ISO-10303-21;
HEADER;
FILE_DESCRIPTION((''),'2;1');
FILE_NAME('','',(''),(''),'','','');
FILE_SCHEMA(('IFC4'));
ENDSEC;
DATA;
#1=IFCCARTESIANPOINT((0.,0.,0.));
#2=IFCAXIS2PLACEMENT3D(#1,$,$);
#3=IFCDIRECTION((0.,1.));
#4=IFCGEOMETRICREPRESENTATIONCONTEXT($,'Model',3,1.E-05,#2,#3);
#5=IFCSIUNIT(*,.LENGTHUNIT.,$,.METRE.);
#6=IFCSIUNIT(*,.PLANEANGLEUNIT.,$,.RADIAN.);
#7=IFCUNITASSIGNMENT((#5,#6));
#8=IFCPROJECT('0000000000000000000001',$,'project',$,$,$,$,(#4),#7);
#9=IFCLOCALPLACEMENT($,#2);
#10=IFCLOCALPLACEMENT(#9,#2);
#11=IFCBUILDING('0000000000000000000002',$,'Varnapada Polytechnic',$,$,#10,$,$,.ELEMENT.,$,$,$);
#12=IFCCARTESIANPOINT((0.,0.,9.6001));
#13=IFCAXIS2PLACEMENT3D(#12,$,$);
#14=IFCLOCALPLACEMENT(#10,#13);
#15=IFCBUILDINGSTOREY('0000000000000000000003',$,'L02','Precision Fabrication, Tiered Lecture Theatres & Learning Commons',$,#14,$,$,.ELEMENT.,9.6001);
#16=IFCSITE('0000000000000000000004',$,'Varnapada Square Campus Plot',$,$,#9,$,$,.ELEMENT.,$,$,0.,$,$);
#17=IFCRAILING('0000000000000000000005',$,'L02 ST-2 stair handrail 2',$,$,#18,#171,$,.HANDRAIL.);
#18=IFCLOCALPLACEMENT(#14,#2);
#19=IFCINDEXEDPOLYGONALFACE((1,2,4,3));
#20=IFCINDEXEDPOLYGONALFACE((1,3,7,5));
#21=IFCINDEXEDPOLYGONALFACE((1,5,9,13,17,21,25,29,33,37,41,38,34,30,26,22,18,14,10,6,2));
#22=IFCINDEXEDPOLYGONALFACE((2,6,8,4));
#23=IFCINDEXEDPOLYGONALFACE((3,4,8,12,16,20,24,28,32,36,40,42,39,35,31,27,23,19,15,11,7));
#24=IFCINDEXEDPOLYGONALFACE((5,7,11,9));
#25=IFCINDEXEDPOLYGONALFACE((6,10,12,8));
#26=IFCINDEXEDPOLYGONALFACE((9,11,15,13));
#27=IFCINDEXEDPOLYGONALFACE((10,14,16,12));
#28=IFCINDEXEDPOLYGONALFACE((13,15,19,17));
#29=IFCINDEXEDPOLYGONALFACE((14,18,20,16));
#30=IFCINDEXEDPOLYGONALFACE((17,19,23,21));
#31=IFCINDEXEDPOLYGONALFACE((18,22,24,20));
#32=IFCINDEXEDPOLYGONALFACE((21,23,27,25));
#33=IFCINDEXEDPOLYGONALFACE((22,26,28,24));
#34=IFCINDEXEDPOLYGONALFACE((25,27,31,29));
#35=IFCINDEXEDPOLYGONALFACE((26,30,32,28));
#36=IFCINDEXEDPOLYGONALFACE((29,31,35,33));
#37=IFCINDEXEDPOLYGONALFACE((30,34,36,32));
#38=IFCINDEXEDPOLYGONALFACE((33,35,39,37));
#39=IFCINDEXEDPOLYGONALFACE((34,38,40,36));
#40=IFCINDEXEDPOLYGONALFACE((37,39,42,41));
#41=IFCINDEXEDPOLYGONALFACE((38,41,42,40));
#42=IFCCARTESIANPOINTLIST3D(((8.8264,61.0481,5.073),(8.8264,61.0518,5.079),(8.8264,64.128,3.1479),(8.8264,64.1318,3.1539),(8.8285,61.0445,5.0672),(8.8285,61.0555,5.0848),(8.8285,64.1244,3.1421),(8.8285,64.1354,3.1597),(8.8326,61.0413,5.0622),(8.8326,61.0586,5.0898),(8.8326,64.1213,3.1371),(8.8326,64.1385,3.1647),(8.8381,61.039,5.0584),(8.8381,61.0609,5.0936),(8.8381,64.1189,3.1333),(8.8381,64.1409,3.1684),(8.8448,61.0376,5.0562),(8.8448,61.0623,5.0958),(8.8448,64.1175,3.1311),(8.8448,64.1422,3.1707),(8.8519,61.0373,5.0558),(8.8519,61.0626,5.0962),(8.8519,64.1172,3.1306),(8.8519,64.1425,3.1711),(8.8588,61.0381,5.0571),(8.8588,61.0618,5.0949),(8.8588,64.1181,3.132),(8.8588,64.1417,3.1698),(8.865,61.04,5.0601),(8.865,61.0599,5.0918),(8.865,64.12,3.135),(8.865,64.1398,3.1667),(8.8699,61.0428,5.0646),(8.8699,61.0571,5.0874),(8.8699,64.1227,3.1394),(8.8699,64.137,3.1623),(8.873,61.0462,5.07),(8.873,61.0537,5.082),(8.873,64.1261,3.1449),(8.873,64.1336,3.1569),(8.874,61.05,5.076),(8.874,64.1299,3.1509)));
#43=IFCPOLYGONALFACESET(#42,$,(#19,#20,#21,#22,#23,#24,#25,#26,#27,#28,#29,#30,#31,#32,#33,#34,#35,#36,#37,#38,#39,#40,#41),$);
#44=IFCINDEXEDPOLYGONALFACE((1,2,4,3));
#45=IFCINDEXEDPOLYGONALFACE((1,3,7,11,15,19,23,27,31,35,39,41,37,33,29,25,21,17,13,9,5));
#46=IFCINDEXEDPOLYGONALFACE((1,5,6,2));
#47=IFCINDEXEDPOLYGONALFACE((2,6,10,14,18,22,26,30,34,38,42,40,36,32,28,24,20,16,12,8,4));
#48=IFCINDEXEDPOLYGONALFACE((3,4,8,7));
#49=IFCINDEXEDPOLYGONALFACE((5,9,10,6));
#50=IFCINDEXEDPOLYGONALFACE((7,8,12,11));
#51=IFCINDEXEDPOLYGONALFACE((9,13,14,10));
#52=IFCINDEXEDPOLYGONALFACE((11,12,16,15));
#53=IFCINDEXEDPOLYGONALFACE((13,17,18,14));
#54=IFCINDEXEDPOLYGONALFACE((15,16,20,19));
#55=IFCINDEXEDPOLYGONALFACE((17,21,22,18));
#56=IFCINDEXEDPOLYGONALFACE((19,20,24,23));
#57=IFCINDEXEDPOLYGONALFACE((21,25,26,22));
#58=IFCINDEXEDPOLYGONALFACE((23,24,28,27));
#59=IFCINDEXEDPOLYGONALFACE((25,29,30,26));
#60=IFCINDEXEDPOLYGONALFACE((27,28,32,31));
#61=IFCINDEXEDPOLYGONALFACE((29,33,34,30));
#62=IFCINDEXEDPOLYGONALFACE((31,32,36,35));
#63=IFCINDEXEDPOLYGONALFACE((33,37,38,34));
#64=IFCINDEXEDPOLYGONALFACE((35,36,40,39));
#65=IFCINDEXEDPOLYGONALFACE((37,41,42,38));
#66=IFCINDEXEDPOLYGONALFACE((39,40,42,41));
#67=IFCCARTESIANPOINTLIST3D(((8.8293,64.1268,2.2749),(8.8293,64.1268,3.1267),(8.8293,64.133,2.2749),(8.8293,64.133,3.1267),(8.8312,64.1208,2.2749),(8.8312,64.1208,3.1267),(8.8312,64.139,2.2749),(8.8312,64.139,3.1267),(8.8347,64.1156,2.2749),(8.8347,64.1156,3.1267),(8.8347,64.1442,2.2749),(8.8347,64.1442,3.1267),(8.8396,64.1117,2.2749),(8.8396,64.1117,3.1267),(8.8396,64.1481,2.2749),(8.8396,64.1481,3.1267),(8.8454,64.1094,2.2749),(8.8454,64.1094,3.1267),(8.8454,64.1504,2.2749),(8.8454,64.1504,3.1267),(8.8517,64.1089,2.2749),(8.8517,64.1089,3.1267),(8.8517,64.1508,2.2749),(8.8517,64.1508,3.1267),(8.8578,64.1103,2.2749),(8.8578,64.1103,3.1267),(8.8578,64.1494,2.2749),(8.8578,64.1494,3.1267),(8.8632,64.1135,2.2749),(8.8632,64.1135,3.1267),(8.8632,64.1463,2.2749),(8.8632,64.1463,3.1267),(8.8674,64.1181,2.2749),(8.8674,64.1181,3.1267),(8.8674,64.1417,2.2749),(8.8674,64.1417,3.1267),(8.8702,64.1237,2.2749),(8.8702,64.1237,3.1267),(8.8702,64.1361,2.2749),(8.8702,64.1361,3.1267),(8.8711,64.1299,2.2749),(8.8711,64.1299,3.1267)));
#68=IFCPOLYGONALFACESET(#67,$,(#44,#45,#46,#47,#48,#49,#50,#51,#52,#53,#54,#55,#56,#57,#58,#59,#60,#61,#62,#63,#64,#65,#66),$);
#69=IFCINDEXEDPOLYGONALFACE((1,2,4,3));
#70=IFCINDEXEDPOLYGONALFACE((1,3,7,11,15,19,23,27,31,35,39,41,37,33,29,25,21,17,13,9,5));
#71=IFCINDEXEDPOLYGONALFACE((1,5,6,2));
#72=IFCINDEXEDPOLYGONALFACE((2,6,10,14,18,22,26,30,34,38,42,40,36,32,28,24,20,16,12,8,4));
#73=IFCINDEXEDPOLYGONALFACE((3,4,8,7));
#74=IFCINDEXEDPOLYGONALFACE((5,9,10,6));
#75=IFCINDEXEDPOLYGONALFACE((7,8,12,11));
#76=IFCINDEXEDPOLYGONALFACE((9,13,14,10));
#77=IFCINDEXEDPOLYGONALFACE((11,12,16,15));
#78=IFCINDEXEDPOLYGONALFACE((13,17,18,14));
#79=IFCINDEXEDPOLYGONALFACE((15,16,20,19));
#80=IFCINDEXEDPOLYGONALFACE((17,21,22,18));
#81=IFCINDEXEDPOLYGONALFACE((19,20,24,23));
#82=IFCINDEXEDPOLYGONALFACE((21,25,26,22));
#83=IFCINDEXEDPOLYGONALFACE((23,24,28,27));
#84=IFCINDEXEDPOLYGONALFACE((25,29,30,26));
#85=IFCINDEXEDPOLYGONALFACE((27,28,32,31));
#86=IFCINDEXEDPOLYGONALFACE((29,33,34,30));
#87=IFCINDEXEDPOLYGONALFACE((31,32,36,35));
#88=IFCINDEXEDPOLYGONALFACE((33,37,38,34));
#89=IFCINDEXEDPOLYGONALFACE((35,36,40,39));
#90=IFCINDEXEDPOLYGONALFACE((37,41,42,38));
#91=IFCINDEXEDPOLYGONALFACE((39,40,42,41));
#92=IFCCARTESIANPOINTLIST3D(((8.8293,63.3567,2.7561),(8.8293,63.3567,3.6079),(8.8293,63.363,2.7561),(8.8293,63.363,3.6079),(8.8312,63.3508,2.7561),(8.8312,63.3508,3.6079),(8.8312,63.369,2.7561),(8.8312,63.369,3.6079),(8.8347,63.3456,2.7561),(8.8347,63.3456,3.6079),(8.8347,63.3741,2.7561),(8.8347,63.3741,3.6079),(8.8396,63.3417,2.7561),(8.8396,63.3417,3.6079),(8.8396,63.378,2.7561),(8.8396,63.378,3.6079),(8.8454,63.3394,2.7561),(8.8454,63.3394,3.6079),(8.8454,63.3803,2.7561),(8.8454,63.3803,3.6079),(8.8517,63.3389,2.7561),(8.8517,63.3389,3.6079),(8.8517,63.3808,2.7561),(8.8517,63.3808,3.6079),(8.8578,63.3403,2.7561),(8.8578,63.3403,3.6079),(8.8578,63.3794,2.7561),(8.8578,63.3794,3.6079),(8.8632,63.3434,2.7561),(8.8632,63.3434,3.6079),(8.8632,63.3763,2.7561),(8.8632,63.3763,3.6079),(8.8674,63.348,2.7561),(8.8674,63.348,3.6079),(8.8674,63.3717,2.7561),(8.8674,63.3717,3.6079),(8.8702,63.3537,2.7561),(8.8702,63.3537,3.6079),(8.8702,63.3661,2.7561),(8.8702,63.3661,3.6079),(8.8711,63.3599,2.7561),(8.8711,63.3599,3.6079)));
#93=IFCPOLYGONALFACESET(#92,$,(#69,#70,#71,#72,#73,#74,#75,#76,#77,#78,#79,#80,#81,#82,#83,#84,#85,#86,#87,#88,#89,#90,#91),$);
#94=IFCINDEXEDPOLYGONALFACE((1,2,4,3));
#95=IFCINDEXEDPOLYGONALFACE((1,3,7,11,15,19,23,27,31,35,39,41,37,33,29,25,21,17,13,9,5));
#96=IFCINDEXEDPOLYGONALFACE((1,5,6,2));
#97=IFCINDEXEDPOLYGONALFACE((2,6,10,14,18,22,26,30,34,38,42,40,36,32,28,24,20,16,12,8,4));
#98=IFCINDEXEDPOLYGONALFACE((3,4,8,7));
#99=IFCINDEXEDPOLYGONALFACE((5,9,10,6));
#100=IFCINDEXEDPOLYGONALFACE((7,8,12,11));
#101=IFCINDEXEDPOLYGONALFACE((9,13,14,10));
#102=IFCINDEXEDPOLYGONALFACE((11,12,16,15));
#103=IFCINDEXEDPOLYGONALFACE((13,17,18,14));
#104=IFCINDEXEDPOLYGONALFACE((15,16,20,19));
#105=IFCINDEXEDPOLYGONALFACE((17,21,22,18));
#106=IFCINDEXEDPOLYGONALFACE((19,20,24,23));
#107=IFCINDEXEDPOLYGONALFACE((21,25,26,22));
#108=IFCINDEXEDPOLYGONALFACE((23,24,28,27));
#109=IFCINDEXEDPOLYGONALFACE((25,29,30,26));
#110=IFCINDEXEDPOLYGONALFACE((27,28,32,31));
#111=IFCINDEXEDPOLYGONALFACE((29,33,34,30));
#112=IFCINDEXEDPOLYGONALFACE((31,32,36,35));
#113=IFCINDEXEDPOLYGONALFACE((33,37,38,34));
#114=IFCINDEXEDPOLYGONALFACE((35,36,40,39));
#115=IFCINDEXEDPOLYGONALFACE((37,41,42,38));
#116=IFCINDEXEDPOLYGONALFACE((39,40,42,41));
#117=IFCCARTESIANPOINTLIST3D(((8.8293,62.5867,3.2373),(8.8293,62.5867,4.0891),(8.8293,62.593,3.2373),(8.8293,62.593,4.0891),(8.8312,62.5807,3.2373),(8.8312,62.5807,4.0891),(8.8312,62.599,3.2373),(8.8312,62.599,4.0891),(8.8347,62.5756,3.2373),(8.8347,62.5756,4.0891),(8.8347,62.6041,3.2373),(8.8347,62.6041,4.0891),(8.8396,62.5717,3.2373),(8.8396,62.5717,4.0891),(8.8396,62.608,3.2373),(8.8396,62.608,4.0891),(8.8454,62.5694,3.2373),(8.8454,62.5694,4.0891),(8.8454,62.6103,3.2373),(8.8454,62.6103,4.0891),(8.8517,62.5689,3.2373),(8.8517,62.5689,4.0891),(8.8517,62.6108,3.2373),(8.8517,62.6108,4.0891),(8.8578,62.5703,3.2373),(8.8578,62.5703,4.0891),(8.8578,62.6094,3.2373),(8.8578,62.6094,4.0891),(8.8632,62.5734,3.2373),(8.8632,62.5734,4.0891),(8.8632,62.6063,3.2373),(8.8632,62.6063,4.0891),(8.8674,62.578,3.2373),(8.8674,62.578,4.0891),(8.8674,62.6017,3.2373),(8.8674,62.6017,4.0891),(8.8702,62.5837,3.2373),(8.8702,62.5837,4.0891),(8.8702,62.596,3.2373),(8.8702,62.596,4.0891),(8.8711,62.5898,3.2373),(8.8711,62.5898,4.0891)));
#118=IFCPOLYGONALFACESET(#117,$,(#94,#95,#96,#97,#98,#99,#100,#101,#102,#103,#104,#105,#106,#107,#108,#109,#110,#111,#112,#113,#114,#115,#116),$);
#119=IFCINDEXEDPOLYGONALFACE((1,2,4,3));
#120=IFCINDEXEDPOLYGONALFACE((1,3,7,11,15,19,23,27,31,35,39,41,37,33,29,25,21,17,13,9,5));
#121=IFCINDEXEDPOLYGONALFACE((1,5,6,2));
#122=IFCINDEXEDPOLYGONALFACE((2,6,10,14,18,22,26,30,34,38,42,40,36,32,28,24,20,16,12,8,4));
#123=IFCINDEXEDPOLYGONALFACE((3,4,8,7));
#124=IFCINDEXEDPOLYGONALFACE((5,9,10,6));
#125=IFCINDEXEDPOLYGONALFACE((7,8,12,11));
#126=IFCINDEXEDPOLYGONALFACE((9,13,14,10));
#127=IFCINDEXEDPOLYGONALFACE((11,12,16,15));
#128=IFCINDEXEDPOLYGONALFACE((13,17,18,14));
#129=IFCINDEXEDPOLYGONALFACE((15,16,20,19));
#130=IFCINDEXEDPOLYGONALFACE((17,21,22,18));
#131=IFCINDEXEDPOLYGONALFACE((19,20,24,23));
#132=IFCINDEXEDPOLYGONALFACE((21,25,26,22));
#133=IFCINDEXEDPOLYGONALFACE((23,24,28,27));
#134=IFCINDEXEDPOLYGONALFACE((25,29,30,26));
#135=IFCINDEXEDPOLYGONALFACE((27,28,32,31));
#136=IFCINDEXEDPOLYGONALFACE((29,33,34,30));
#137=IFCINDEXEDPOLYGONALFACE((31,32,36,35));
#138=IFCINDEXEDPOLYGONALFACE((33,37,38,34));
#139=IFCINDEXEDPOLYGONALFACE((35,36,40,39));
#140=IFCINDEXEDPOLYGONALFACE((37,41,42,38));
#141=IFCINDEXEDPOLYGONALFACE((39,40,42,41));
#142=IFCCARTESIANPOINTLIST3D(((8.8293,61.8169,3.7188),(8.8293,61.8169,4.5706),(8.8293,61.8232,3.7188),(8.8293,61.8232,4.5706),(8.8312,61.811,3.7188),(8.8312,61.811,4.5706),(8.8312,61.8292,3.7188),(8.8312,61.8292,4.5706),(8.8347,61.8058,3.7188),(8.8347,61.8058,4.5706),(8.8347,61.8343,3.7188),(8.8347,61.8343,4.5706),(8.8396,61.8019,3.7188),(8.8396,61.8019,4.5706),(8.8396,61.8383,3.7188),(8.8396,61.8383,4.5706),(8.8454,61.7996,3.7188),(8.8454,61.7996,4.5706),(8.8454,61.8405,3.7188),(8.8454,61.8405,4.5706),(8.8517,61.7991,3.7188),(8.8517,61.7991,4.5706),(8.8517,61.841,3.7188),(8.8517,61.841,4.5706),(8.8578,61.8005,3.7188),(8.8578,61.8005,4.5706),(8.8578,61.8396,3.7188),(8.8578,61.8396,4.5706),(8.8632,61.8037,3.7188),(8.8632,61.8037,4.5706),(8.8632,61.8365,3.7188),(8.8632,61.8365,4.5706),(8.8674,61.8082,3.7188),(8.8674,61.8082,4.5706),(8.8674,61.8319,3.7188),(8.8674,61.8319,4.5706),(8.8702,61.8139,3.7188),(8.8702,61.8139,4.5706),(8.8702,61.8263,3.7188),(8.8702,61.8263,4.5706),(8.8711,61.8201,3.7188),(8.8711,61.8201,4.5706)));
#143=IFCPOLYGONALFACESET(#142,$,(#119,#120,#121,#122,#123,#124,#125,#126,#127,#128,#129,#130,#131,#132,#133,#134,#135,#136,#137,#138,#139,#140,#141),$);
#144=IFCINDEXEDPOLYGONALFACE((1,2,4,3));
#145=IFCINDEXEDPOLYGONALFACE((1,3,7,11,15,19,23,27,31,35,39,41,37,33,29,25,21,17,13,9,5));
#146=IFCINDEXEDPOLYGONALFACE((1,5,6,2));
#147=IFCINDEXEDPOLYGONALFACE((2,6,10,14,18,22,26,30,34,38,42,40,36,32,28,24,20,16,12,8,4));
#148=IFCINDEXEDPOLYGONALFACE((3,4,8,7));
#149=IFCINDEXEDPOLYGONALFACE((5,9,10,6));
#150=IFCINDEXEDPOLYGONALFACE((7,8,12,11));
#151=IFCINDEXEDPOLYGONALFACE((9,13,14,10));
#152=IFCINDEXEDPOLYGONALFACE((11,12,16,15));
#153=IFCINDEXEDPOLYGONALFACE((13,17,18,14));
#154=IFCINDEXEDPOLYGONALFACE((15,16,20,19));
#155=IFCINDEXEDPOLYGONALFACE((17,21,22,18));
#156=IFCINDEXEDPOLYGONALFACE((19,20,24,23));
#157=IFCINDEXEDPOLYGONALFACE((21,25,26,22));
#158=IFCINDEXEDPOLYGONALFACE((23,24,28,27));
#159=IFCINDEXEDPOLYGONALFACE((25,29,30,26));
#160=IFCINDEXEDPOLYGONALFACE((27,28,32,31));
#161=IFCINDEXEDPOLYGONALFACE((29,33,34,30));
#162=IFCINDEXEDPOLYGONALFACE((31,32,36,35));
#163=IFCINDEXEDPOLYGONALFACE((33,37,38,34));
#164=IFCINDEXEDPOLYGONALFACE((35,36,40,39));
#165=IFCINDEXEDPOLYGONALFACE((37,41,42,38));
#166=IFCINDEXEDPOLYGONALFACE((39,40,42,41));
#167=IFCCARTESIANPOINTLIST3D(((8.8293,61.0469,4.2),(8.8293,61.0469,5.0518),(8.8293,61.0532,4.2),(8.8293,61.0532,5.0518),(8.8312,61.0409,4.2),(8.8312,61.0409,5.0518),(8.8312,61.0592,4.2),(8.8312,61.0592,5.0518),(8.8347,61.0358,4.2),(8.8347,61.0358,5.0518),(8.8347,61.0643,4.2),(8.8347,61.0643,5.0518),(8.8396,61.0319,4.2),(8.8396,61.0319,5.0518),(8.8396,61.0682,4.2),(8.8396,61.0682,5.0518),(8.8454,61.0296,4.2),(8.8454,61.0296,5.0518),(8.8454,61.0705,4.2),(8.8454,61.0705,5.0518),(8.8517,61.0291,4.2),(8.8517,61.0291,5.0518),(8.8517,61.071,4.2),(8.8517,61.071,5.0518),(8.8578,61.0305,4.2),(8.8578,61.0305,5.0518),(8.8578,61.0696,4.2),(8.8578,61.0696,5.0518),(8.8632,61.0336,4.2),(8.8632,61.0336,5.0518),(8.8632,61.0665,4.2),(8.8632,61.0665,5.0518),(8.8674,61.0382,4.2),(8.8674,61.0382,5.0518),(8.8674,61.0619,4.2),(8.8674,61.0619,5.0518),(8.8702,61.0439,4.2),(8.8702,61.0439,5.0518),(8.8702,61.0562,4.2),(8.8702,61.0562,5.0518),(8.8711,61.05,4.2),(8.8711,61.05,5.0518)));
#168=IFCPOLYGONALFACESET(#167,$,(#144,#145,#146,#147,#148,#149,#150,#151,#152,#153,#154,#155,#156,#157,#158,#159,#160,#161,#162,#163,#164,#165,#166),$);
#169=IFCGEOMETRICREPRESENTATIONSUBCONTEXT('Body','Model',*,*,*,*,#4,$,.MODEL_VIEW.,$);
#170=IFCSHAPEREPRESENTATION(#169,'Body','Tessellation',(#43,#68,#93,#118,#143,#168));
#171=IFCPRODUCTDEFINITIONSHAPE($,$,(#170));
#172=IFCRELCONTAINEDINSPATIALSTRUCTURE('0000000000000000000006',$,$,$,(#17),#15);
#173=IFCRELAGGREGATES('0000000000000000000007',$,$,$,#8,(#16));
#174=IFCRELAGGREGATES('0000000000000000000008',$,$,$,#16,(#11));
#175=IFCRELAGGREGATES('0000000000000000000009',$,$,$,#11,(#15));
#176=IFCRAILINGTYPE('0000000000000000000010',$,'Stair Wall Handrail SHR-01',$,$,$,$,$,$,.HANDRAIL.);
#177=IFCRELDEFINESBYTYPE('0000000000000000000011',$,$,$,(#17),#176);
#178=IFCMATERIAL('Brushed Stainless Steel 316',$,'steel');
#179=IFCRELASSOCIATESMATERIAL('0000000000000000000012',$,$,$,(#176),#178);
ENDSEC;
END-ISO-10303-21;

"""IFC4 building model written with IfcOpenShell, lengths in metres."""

from ifc_helpers import new_model, si_unit, direction, frame, origin, origin_2d, place, context, subcontext, project, spatial, circle, extrude, material, type_object, element, save


model = new_model("IFC4")

# Units and contexts
model_context = context("Model", 3, precision=1e-05, world=origin(), true_north=direction((0.0, 1.0)))
body_context = subcontext(model_context, "Body", "Model", "MODEL_VIEW")
ifc_project = project(units=[si_unit("LENGTHUNIT", "METRE"), si_unit("PLANEANGLEUNIT", "RADIAN")], contexts=[model_context])

# Site, building, storey
site_placement = place(None, origin())
site = spatial("IfcSite", under=ifc_project, at=site_placement, Name="Varnapada Square Campus Plot", CompositionType="ELEMENT", RefElevation=0.0)
building_placement = place(site_placement, origin())
building = spatial("IfcBuilding", under=site, at=building_placement, Name="Varnapada Polytechnic", CompositionType="ELEMENT")
storey_placement = place(building_placement, frame((0.0, 0.0, 9.6001)))
storey = spatial("IfcBuildingStorey", under=building, at=storey_placement, Name="L02", Description="Precision Fabrication, Tiered Lecture Theatres & Learning Commons", CompositionType="ELEMENT", Elevation=9.6001)

# Railing
ifc_material_1 = material(Name="Brushed Stainless Steel 316", Category="steel")
railing_type_1 = type_object("IfcRailingType", Name="Stair Wall Handrail SHR-01", PredefinedType="HANDRAIL", material=ifc_material_1)
railing_1_placement = place(storey_placement, frame((8.8501, 64.1299, 2.2749)))
element("IfcRailing", 1, at=railing_1_placement, inside=storey, type_object=railing_type_1, Name="L02 ST-2 stair handrail 2", PredefinedType="HANDRAIL", context=body_context, shape_type="SweptSolid", body=[
    extrude(circle(Radius=0.0239, at=origin_2d()), frame((0.0, 0.0, 0.876), z_axis=(0.0, -0.847979, 0.530029), x_axis=(1.0, 0.0, 0.0)), (0.0, 0.0, 1.0), 3.6321),
    extrude(circle(Radius=0.021, at=origin_2d()), origin(), (0.0, 0.0, 1.0), 0.8518),
    extrude(circle(Radius=0.021, at=origin_2d()), frame((0.0, -0.77, 0.4812)), (0.0, 0.0, 1.0), 0.8518),
    extrude(circle(Radius=0.021, at=origin_2d()), frame((0.0, -1.54, 0.9624)), (0.0, 0.0, 1.0), 0.8518),
    extrude(circle(Radius=0.021, at=origin_2d()), frame((0.0, -2.3098, 1.4438)), (0.0, 0.0, 1.0), 0.8518),
    extrude(circle(Radius=0.021, at=origin_2d()), frame((0.0, -3.0798, 1.925)), (0.0, 0.0, 1.0), 0.8518),
])

save(model, "model.ifc")
